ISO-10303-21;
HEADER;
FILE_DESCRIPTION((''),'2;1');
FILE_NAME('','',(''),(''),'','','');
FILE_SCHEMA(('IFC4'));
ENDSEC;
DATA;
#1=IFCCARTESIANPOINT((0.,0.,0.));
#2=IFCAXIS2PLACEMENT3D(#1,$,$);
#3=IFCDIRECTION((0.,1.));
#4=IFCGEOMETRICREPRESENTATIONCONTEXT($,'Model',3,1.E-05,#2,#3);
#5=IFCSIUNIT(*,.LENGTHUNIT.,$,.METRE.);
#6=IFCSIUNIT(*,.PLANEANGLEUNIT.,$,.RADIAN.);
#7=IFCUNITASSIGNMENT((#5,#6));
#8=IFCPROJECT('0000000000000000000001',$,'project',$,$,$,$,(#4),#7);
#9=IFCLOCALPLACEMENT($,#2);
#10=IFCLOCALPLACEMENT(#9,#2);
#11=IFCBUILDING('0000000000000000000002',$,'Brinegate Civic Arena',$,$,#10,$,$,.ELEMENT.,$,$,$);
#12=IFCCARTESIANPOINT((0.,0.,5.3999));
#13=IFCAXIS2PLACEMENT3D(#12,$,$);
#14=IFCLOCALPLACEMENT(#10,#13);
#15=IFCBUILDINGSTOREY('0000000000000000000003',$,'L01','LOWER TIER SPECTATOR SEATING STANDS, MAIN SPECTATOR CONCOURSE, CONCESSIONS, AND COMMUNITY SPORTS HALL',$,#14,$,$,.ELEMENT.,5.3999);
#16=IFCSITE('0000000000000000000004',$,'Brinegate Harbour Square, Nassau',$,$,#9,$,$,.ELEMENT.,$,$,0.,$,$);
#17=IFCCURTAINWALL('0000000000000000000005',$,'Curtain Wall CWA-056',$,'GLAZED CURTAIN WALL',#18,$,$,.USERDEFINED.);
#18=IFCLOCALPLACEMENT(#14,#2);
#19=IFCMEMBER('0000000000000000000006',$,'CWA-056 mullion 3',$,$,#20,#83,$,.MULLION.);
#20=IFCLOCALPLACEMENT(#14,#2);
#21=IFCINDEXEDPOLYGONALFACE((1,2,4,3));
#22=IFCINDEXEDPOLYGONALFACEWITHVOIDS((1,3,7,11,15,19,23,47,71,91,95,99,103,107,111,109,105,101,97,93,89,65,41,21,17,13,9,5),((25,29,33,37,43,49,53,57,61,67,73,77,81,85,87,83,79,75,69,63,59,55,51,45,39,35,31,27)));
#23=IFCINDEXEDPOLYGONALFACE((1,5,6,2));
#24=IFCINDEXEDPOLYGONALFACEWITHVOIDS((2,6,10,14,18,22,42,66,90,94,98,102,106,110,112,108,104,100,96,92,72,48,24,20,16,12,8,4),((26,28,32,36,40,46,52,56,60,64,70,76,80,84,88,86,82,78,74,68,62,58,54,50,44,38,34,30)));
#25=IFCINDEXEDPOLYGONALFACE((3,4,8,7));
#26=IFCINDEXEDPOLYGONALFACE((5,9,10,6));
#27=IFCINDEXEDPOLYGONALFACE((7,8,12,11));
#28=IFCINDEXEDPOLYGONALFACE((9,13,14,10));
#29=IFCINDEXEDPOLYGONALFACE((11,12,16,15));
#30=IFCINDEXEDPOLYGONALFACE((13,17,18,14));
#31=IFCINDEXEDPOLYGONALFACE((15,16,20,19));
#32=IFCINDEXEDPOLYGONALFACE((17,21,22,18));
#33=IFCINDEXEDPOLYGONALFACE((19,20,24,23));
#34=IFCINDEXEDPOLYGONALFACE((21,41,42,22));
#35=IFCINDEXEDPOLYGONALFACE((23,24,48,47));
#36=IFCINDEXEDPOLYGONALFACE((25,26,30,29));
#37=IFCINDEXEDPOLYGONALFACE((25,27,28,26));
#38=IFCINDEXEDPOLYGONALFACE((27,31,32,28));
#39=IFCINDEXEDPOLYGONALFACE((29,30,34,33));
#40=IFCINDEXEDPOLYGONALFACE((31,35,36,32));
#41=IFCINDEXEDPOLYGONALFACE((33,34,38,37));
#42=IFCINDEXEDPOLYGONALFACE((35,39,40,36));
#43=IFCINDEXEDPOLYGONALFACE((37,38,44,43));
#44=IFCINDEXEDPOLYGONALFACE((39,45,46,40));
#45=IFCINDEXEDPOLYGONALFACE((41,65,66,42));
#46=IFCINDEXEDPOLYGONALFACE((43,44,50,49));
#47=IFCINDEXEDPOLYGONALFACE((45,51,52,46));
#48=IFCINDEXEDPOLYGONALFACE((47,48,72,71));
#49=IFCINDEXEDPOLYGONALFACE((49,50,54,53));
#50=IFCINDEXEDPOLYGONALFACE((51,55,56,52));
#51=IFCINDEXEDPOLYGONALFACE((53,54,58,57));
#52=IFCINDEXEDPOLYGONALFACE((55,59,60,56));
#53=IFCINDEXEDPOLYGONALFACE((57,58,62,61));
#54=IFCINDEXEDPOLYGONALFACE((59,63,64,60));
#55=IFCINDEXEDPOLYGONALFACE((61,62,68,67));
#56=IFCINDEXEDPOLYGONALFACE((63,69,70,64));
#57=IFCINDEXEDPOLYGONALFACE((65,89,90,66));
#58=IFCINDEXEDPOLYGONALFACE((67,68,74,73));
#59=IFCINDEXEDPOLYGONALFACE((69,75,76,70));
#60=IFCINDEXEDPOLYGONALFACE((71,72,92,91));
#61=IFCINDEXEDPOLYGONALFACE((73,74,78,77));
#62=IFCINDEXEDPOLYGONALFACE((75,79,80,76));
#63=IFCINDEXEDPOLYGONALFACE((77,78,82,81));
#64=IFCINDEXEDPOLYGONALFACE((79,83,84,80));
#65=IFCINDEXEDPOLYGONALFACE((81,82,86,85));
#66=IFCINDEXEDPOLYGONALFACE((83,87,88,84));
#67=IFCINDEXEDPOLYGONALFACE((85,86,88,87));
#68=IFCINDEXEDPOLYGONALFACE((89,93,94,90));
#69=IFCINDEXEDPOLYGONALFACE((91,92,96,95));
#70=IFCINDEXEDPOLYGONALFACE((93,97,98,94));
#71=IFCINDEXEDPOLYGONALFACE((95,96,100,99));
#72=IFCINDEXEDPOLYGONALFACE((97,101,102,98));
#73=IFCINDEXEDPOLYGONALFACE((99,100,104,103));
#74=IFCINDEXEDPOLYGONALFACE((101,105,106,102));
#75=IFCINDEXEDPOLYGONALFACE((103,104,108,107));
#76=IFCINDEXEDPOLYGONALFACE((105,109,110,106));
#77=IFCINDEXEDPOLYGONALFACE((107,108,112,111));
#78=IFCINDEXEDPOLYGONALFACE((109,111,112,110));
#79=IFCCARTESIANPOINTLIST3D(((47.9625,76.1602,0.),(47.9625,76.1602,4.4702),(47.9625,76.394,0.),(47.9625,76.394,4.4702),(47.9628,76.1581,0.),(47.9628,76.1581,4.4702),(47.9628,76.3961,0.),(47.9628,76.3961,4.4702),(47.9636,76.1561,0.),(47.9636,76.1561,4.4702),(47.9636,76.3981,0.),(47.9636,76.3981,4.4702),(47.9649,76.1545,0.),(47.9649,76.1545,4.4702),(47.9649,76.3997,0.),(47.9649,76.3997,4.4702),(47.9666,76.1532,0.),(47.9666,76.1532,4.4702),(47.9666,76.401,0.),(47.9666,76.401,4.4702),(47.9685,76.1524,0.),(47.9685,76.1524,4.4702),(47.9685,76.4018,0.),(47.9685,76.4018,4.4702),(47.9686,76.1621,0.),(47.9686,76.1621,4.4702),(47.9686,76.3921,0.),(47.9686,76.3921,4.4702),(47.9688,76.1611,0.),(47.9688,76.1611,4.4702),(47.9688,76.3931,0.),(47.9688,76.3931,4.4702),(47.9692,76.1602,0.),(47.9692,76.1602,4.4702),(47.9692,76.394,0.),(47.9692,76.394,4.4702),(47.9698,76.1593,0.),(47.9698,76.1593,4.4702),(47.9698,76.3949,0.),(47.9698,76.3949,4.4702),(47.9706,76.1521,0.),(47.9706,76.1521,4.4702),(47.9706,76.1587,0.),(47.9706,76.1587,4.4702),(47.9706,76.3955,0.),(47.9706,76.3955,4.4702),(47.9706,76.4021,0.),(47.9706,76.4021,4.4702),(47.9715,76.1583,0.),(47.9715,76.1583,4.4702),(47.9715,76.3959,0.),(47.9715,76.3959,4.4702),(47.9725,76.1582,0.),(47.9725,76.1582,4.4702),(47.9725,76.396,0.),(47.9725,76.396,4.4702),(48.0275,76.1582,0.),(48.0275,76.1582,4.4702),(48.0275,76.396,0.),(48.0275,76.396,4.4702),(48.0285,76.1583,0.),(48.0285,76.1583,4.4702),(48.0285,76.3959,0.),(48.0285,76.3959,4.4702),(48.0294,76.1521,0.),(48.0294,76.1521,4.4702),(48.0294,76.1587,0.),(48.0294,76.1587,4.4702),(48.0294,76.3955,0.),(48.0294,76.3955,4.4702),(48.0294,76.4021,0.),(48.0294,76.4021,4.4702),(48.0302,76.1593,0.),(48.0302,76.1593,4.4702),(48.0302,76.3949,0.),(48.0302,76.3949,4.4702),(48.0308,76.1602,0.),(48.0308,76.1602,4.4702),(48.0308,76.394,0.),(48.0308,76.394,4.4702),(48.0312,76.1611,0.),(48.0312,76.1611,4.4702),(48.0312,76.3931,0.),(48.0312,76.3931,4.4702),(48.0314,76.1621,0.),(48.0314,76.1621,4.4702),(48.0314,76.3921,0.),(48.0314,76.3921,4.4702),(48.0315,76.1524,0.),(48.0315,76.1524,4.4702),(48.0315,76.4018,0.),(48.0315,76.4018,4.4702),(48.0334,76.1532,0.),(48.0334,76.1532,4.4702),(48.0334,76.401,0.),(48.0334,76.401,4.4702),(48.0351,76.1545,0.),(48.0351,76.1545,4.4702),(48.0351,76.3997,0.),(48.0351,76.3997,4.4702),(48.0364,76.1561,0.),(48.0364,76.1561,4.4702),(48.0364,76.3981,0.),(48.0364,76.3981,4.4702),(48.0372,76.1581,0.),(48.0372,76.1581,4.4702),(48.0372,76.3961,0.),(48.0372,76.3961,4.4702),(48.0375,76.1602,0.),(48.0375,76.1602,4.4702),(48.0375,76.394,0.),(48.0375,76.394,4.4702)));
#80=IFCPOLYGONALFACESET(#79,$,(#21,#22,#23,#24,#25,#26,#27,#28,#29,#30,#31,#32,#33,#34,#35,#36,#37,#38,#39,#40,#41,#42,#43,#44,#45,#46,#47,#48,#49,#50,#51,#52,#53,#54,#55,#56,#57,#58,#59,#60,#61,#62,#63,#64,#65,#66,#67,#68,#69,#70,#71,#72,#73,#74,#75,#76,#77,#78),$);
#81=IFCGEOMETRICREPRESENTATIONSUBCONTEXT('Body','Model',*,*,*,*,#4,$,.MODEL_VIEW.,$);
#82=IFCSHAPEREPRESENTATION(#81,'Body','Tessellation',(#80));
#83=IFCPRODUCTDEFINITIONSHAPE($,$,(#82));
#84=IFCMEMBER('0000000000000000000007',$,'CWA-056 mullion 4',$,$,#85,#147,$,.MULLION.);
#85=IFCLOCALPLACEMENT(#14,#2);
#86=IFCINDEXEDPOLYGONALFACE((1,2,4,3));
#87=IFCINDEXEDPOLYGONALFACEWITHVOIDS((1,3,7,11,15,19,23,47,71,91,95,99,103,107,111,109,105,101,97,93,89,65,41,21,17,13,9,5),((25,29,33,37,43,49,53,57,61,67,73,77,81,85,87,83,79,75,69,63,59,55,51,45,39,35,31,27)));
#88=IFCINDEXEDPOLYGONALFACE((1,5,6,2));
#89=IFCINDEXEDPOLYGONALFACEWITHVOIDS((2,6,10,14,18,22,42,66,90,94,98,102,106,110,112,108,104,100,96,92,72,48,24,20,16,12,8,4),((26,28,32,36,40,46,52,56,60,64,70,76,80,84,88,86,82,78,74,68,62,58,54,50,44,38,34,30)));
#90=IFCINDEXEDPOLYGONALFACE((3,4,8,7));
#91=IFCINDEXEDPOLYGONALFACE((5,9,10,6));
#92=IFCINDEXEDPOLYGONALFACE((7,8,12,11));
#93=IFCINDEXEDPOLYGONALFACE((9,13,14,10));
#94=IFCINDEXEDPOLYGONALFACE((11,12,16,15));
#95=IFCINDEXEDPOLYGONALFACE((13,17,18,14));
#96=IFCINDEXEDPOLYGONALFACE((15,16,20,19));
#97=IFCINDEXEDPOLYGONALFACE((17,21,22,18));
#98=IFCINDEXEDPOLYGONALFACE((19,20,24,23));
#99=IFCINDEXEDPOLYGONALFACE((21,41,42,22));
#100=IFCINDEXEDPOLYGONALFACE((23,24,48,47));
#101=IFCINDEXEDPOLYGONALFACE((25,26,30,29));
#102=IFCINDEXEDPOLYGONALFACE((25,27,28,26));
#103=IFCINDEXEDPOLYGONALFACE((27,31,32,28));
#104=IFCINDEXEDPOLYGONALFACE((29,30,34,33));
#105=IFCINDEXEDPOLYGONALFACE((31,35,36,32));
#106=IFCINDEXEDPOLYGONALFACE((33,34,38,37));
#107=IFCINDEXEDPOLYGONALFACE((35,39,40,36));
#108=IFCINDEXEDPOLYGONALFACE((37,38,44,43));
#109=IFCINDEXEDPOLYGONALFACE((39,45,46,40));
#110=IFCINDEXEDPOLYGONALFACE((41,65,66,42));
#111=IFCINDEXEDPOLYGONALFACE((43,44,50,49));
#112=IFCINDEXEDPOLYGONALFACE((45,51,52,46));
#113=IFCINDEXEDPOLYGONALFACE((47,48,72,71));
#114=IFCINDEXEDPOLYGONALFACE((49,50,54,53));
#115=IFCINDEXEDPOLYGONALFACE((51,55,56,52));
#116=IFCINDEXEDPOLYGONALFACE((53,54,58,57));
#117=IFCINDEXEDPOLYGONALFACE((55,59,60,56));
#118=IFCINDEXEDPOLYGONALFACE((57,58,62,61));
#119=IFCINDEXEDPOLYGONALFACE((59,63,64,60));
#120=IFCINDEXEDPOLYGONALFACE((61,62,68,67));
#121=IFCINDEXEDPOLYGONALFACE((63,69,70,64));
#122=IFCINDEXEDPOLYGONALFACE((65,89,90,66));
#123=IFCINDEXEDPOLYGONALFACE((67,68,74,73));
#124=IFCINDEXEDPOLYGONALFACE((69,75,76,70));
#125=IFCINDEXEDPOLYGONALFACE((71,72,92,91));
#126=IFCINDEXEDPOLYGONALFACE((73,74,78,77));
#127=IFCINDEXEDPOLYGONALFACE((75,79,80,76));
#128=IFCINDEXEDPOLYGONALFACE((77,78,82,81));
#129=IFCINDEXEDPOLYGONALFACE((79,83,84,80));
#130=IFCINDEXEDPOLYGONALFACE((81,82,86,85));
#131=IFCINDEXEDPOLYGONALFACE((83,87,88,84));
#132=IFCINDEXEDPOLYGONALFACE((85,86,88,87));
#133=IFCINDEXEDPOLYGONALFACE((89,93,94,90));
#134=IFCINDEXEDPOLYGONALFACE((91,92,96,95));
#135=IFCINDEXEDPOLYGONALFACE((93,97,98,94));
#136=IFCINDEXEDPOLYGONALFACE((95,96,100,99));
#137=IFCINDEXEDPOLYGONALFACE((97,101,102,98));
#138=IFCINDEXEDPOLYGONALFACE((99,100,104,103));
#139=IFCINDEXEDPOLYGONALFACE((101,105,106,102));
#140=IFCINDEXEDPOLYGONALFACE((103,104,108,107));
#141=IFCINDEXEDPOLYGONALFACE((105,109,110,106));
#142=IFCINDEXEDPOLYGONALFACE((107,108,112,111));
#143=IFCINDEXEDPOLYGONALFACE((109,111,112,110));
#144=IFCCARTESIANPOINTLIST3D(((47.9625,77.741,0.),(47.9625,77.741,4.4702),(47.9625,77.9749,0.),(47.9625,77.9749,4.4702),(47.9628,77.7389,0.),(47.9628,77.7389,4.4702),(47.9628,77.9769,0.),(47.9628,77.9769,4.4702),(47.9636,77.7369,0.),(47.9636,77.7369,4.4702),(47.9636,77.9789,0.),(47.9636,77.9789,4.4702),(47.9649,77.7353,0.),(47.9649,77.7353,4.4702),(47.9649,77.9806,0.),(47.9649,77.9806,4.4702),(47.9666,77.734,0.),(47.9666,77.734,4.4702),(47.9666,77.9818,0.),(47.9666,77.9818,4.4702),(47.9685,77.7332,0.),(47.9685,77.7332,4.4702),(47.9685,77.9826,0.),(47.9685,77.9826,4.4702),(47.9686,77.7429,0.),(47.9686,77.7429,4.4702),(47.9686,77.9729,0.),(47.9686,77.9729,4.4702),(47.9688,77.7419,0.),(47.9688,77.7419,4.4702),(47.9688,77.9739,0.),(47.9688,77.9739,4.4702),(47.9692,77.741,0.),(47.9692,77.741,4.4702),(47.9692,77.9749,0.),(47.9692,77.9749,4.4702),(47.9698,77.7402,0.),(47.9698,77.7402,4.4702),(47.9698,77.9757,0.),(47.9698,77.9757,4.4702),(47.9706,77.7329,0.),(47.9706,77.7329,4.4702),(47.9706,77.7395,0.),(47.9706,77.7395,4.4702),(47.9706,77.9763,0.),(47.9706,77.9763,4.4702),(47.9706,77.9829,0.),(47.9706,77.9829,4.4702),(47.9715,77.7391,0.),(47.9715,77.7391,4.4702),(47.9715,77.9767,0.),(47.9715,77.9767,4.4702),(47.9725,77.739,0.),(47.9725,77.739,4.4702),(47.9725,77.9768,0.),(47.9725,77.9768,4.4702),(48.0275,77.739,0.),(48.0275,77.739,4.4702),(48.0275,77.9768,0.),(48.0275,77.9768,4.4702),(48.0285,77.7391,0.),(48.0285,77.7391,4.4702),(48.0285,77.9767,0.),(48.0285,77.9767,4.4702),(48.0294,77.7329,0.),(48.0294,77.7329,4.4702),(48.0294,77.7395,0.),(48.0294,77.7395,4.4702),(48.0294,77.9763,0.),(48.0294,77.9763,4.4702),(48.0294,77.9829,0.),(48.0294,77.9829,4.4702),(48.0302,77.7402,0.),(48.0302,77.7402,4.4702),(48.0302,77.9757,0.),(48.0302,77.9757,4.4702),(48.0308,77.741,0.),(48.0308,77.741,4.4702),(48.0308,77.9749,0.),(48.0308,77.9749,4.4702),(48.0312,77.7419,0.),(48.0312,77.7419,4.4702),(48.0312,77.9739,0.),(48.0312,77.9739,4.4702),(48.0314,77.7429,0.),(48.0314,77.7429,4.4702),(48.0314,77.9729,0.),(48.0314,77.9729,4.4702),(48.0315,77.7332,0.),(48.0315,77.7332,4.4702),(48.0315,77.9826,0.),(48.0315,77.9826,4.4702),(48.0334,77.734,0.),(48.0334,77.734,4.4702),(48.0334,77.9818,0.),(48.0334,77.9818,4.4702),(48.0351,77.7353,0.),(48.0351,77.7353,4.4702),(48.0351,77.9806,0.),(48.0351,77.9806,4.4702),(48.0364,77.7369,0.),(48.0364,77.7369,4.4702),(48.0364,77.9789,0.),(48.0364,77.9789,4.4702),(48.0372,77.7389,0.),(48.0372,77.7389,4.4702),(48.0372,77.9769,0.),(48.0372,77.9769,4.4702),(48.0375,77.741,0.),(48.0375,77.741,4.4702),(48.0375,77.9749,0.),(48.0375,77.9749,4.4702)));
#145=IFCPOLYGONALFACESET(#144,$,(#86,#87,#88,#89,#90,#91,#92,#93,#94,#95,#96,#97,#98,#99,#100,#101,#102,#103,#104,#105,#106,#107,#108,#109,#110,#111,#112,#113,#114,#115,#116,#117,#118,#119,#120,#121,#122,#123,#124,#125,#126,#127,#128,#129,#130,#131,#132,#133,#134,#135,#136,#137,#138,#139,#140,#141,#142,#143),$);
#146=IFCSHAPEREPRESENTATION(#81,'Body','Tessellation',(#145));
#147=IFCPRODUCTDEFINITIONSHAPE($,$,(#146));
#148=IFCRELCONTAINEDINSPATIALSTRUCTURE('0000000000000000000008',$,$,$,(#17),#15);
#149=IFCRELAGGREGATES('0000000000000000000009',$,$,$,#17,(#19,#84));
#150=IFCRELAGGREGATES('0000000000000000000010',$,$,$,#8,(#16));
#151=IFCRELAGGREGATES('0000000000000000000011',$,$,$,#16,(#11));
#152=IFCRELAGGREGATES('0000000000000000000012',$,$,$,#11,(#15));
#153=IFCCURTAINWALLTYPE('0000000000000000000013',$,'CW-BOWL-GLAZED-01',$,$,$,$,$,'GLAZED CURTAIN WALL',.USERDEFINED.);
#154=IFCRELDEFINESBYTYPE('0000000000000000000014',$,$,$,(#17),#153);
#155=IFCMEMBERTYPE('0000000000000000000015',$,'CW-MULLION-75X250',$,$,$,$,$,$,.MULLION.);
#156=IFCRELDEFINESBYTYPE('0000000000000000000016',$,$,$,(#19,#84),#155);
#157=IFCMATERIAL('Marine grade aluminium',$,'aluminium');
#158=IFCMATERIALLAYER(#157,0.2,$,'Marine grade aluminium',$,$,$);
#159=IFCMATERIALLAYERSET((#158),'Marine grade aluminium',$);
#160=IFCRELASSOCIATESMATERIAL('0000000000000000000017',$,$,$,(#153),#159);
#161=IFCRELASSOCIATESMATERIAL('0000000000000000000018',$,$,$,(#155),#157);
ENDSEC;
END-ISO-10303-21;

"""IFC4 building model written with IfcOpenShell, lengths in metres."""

from ifc_helpers import new_model, si_unit, direction, frame, origin, origin_2d, place, context, subcontext, project, spatial, hollow_rectangle, extrude, material, layer, layer_set, material_profile, profile_set, type_object, element, aggregate, save


model = new_model("IFC4")

# Units and contexts
model_context = context("Model", 3, precision=1e-05, world=origin(), true_north=direction((0.0, 1.0)))
body_context = subcontext(model_context, "Body", "Model", "MODEL_VIEW")
ifc_project = project(units=[si_unit("LENGTHUNIT", "METRE"), si_unit("PLANEANGLEUNIT", "RADIAN")], contexts=[model_context])

# Site, building, storey
site_placement = place(None, origin())
site = spatial("IfcSite", under=ifc_project, at=site_placement, Name="Brinegate Harbour Square, Nassau", CompositionType="ELEMENT", RefElevation=0.0)
building_placement = place(site_placement, origin())
building = spatial("IfcBuilding", under=site, at=building_placement, Name="Brinegate Civic Arena", CompositionType="ELEMENT")
storey_placement = place(building_placement, frame((0.0, 0.0, 5.3999)))
storey = spatial("IfcBuildingStorey", under=building, at=storey_placement, Name="L01", Description="LOWER TIER SPECTATOR SEATING STANDS, MAIN SPECTATOR CONCOURSE, CONCESSIONS, AND COMMUNITY SPORTS HALL", CompositionType="ELEMENT", Elevation=5.3999)

# Curtain wall, members
ifc_material_1 = material(Name="Marine grade aluminium", Category="aluminium")
ifc_layer_1 = layer(ifc_material_1, 0.2, Name="Marine grade aluminium")
ifc_layer_set_1 = layer_set([ifc_layer_1], Name="Marine grade aluminium")
curtain_wall_type = type_object("IfcCurtainWallType", Name="CW-BOWL-GLAZED-01", ElementType="GLAZED CURTAIN WALL", PredefinedType="USERDEFINED", material=ifc_layer_set_1)
curtain_wall_placement = place(storey_placement, origin())
curtain_wall = element("IfcCurtainWall", 1, at=curtain_wall_placement, inside=storey, type_object=curtain_wall_type, Name="Curtain Wall CWA-056", ObjectType="GLAZED CURTAIN WALL", PredefinedType="USERDEFINED")
ifc_material_profile_1 = material_profile(ifc_material_1, hollow_rectangle(XDim=0.075, YDim=0.25, WallThickness=0.0061, InnerFilletRadius=0.0039, OuterFilletRadius=0.0081, at=origin_2d()), Name="MUL75X250")
ifc_profile_set_1 = profile_set([ifc_material_profile_1], Name="Marine grade aluminium")
member_type_1 = type_object("IfcMemberType", Name="CW-MULLION-75X250", PredefinedType="MULLION", material=ifc_profile_set_1)
member_1_placement = place(storey_placement, frame((48.0, 76.2771, 0.0), z_axis=(0.0, 0.0, 1.0), x_axis=(-1.0, 0.0, 0.0)))
member_1 = element("IfcMember", 2, at=member_1_placement, type_object=member_type_1, Name="CWA-056 mullion 3", PredefinedType="MULLION", context=body_context, shape_type="SweptSolid", body=[
    extrude(hollow_rectangle(XDim=0.075, YDim=0.25, WallThickness=0.0061, InnerFilletRadius=0.0039, OuterFilletRadius=0.0081, at=origin_2d()), origin(), (0.0, 0.0, 1.0), 4.4702),
])
member_2_placement = place(storey_placement, frame((48.0, 77.8579, 0.0), z_axis=(0.0, 0.0, 1.0), x_axis=(-1.0, 0.0, 0.0)))
member_2 = element("IfcMember", 3, at=member_2_placement, type_object=member_type_1, Name="CWA-056 mullion 4", PredefinedType="MULLION", context=body_context, shape_type="SweptSolid", body=[
    extrude(hollow_rectangle(XDim=0.075, YDim=0.25, WallThickness=0.0061, InnerFilletRadius=0.0039, OuterFilletRadius=0.0081, at=origin_2d()), origin(), (0.0, 0.0, 1.0), 4.4702),
])

aggregate(curtain_wall, [member_1, member_2])

save(model, "model.ifc")
